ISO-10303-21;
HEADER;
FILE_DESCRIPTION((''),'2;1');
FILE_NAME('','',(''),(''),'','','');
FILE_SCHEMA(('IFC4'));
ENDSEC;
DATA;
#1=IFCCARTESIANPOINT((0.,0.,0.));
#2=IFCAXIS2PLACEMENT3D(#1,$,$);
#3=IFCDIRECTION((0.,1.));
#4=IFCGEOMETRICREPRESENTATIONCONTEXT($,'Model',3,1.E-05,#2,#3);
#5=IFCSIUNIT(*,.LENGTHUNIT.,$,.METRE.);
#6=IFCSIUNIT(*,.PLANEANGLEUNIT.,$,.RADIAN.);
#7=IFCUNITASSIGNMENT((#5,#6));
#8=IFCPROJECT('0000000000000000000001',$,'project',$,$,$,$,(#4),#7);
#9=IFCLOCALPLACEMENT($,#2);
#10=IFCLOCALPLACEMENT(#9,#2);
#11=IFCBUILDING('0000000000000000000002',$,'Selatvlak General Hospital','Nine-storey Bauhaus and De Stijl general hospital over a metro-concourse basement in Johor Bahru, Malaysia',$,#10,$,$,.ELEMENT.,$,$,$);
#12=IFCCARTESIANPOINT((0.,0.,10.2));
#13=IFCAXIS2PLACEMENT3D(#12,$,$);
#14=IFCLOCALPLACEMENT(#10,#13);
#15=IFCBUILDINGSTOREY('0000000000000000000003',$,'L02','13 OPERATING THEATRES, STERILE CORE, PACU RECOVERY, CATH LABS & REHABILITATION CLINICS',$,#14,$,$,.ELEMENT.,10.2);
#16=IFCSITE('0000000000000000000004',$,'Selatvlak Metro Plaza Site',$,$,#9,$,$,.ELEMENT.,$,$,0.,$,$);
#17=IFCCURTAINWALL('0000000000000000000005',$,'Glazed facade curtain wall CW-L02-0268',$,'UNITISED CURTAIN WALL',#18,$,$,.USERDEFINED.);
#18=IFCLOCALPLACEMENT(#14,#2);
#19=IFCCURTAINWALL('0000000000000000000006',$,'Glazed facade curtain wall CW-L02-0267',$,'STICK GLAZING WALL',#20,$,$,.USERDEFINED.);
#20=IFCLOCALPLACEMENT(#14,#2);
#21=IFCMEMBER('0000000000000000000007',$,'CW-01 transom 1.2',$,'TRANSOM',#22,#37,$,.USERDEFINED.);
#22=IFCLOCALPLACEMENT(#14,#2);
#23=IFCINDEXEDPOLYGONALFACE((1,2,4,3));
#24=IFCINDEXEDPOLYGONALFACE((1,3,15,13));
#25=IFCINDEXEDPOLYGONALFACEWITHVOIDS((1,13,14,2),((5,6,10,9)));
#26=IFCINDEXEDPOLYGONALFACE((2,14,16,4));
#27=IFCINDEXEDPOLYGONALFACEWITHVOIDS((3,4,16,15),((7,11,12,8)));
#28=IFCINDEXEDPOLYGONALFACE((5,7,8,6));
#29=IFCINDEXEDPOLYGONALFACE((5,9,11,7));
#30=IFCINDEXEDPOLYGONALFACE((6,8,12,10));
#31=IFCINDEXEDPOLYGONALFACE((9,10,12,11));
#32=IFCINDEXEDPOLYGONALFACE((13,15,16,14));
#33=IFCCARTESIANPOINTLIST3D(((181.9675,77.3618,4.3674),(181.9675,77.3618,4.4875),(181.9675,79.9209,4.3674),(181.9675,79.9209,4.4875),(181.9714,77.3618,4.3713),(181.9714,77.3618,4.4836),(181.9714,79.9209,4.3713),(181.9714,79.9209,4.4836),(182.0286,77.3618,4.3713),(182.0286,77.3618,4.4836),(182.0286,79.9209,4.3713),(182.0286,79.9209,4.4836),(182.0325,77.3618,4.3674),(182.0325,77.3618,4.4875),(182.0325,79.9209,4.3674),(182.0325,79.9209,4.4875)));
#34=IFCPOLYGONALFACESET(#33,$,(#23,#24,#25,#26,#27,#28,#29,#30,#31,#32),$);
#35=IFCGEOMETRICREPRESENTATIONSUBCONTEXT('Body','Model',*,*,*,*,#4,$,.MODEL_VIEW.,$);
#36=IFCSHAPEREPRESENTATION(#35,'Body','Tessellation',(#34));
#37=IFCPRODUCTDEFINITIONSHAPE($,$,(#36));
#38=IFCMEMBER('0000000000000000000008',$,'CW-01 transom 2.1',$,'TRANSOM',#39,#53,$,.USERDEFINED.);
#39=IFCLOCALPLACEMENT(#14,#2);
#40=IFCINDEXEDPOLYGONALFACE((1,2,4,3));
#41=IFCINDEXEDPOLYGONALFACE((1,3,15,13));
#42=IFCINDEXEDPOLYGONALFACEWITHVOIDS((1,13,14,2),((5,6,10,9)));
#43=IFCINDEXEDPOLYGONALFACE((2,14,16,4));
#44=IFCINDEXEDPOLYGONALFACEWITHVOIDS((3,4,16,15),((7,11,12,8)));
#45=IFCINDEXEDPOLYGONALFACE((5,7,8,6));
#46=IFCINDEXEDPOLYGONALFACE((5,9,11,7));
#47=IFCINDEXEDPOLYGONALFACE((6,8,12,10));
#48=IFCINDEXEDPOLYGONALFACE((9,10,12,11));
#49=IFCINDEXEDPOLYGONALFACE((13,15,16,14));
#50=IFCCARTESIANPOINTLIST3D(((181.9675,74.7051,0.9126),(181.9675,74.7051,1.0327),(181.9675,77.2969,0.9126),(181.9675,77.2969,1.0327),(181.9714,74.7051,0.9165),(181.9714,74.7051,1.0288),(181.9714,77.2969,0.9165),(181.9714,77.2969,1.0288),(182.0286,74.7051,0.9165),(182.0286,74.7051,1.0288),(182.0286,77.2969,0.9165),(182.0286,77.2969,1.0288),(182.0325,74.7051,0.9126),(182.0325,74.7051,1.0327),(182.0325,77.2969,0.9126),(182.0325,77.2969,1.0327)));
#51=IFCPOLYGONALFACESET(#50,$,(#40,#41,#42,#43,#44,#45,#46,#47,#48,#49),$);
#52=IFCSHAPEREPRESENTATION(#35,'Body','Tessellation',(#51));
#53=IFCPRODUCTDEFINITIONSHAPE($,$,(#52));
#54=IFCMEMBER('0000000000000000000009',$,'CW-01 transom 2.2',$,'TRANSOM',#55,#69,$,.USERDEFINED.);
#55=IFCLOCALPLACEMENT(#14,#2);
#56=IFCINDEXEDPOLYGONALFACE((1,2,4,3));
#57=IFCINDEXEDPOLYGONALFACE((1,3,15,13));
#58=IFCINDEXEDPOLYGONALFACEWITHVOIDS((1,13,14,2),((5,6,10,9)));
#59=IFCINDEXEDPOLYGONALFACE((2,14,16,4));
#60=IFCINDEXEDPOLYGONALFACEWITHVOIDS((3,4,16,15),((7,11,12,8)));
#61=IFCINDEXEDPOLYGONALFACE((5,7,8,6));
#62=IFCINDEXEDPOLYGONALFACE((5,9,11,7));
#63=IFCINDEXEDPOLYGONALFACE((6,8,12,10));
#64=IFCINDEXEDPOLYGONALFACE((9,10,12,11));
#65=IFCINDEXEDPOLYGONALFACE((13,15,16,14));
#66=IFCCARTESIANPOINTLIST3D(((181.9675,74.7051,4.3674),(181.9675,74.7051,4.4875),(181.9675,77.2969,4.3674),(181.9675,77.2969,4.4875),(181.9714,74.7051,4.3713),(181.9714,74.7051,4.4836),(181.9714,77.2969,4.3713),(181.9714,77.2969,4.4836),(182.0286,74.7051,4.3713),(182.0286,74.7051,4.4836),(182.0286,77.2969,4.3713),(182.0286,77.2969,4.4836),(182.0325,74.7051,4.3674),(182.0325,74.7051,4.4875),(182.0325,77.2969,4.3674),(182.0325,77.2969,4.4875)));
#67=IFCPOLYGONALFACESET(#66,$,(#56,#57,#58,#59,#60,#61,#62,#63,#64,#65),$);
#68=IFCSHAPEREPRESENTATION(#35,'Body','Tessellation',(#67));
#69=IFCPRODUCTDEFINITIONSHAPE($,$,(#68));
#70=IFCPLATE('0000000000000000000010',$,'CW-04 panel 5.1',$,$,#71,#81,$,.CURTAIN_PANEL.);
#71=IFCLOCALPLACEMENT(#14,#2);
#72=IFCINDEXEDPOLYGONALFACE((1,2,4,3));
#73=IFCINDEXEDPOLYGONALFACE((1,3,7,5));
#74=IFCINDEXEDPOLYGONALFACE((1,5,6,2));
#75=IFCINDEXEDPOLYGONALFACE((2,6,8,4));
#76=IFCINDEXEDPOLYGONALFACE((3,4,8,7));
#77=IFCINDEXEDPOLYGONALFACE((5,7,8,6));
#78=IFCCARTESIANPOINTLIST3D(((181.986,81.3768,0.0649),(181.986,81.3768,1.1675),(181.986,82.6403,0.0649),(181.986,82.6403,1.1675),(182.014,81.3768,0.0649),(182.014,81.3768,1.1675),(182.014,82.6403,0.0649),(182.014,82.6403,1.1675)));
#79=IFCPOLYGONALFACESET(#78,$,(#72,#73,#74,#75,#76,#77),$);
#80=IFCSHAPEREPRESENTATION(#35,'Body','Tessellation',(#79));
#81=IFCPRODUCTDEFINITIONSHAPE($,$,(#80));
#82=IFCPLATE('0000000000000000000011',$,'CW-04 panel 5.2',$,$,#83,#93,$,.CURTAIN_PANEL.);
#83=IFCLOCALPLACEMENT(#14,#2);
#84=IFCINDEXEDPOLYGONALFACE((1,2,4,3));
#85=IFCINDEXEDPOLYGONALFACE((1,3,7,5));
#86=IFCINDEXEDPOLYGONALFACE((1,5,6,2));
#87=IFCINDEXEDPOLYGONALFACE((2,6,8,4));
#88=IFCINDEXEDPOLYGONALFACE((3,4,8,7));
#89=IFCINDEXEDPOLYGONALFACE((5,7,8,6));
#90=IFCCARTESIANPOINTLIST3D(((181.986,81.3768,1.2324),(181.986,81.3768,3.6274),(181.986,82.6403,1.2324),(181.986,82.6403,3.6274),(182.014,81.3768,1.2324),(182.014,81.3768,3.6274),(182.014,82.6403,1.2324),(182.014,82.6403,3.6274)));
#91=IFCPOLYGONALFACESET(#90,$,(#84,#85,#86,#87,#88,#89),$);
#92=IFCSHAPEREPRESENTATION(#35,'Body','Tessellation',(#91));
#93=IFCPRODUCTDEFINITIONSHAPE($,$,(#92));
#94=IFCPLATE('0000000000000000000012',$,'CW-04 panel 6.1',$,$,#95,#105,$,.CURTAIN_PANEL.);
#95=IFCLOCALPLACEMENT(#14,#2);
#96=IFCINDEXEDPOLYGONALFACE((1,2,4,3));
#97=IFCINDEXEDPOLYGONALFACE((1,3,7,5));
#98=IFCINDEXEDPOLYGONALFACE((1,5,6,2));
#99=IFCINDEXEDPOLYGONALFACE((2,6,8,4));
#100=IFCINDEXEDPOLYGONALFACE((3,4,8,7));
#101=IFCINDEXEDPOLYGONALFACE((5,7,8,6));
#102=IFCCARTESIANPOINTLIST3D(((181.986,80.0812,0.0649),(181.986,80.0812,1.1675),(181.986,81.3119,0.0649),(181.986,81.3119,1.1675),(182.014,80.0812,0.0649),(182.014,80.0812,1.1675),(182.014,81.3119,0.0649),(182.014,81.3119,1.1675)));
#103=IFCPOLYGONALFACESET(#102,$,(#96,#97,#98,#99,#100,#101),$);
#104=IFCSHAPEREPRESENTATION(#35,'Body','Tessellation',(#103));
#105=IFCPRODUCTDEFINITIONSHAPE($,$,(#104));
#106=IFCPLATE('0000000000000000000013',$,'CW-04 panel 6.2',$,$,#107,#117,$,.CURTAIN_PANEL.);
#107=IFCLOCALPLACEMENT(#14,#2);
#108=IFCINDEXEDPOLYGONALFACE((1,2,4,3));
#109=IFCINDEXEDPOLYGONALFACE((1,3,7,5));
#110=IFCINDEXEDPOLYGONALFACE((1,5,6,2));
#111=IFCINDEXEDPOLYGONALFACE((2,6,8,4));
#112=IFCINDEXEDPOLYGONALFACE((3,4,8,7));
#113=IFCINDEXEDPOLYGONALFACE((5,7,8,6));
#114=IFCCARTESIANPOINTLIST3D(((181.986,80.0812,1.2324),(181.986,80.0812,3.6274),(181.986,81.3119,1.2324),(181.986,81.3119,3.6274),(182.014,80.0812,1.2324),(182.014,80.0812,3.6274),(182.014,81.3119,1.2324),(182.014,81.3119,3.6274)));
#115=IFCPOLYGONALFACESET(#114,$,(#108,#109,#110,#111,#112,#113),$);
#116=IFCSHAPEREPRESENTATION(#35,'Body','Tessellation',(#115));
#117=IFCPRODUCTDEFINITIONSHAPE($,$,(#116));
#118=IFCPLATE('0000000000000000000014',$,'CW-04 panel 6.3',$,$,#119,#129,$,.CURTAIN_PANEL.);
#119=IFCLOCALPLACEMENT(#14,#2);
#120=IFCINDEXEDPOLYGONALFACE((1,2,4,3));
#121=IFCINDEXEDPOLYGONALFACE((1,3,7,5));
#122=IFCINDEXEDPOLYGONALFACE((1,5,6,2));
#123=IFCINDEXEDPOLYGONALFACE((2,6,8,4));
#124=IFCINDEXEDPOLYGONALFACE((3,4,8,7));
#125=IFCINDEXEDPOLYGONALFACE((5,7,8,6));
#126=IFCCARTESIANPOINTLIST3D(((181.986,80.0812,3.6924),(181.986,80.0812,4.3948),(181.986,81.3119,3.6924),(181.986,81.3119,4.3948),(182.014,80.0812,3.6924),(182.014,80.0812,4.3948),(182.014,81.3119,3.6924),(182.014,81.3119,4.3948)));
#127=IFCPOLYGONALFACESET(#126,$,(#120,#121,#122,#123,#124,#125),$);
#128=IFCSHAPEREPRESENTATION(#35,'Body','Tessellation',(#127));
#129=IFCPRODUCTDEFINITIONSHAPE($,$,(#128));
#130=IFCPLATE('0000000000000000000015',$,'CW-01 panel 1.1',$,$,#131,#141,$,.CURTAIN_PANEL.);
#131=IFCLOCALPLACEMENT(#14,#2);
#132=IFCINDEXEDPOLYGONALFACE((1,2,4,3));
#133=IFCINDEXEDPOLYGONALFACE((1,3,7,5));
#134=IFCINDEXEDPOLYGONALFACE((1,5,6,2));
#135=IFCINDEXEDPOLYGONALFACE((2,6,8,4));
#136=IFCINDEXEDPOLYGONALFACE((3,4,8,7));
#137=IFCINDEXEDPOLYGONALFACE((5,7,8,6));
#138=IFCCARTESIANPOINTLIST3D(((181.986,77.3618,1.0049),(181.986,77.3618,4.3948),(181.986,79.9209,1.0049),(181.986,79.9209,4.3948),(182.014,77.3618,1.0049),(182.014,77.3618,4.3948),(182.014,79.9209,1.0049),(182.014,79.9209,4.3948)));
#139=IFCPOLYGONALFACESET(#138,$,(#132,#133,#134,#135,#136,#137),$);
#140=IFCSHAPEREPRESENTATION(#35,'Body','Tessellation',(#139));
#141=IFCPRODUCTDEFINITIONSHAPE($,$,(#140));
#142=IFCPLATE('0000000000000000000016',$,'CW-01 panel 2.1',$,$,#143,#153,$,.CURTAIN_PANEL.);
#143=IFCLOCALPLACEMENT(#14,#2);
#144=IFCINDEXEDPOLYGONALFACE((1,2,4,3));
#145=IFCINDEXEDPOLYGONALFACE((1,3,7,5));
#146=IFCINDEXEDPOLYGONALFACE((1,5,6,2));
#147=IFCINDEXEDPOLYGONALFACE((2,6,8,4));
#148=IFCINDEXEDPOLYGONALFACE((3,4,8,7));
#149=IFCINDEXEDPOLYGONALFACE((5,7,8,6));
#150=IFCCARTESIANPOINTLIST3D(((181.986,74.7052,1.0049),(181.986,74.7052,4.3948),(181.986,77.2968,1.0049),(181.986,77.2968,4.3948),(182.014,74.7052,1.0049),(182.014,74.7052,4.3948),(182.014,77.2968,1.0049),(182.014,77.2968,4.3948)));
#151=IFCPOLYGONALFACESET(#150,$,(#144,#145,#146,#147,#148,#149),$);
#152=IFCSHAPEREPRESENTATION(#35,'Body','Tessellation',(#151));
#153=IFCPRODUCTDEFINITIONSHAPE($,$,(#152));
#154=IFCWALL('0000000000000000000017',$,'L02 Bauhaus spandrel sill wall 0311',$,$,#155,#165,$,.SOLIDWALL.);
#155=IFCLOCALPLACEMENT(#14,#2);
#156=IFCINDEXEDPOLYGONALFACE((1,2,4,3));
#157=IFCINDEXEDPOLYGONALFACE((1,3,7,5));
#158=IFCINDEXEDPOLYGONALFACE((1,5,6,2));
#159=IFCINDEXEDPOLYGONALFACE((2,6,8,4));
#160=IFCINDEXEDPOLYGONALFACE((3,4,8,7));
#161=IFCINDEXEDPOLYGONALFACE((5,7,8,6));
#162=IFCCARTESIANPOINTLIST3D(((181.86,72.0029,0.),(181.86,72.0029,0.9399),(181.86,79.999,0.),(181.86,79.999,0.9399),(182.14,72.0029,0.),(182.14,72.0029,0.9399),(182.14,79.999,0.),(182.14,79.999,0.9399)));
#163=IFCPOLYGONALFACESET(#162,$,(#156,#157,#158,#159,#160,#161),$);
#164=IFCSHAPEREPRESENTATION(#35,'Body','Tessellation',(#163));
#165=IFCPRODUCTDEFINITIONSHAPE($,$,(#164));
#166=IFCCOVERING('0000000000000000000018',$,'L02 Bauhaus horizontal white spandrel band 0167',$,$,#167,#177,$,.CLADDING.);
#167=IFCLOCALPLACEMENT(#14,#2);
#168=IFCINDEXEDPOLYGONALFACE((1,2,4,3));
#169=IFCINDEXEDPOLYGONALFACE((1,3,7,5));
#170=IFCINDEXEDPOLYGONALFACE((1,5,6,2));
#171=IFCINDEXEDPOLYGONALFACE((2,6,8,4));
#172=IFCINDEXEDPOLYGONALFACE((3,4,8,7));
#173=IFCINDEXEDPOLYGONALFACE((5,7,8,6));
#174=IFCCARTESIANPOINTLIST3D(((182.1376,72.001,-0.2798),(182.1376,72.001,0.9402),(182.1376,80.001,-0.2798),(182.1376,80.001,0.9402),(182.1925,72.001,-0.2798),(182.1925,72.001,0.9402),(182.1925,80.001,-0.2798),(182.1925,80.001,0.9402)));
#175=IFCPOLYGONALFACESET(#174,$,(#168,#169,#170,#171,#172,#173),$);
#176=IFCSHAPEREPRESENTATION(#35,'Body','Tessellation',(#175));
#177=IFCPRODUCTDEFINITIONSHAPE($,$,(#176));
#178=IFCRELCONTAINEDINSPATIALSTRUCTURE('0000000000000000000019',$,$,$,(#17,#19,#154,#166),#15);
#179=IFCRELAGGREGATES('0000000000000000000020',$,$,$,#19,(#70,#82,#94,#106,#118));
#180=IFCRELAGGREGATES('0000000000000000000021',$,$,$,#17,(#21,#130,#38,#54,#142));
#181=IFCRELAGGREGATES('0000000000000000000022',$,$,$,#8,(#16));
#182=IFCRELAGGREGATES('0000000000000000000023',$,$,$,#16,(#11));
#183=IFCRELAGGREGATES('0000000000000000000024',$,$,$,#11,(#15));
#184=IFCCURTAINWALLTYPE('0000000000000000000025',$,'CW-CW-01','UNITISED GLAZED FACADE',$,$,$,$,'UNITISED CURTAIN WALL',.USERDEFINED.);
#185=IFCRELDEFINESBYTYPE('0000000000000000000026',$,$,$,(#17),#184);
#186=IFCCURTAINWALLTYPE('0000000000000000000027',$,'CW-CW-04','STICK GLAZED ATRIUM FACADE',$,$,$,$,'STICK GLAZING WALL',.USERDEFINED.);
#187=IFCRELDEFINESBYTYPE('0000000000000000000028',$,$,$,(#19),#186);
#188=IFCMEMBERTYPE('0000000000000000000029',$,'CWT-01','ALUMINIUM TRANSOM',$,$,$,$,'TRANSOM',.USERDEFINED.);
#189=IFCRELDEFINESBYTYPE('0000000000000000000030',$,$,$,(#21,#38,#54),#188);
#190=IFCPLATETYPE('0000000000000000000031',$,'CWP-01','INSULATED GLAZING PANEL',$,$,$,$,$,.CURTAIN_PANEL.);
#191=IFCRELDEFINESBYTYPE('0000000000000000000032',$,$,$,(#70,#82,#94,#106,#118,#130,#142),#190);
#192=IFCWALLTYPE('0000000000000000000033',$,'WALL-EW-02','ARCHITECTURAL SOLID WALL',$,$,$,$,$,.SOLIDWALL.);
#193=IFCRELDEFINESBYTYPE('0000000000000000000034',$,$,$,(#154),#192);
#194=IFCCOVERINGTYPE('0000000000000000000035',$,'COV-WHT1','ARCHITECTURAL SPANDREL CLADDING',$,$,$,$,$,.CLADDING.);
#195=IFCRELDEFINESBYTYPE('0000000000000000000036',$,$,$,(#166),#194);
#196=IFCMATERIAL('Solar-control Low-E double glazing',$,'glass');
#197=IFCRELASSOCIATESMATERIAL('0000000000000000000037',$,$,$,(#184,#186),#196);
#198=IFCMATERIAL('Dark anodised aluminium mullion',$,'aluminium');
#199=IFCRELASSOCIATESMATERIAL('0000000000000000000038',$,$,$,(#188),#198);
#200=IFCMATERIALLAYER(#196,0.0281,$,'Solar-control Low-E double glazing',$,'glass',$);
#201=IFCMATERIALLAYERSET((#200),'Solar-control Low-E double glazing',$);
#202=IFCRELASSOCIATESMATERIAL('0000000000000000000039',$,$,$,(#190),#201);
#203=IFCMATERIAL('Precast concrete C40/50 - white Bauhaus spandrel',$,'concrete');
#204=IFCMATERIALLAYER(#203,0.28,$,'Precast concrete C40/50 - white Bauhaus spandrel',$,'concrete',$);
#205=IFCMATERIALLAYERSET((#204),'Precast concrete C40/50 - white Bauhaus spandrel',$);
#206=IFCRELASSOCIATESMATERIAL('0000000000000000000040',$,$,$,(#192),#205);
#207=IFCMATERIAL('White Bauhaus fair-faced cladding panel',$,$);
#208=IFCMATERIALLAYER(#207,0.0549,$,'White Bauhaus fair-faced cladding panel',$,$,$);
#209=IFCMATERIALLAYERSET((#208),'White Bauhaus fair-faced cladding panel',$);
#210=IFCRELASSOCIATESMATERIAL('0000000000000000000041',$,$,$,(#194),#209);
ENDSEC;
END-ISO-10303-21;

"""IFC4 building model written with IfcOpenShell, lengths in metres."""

from ifc_helpers import new_model, si_unit, direction, frame, frame_2d, origin, origin_2d, place, context, subcontext, project, spatial, rectangle, hollow_rectangle, extrude, material, layer, layer_set, material_profile, profile_set, type_object, element, aggregate, save


model = new_model("IFC4")

# Units and contexts
model_context = context("Model", 3, precision=1e-05, world=origin(), true_north=direction((0.0, 1.0)))
body_context = subcontext(model_context, "Body", "Model", "MODEL_VIEW")
ifc_project = project(units=[si_unit("LENGTHUNIT", "METRE"), si_unit("PLANEANGLEUNIT", "RADIAN")], contexts=[model_context])

# Site, building, storey
site_placement = place(None, origin())
site = spatial("IfcSite", under=ifc_project, at=site_placement, Name="Selatvlak Metro Plaza Site", CompositionType="ELEMENT", RefElevation=0.0)
building_placement = place(site_placement, origin())
building = spatial("IfcBuilding", under=site, at=building_placement, Name="Selatvlak General Hospital", Description="Nine-storey Bauhaus and De Stijl general hospital over a metro-concourse basement in Johor Bahru, Malaysia", CompositionType="ELEMENT")
storey_placement = place(building_placement, frame((0.0, 0.0, 10.2)))
storey = spatial("IfcBuildingStorey", under=building, at=storey_placement, Name="L02", Description="13 OPERATING THEATRES, STERILE CORE, PACU RECOVERY, CATH LABS & REHABILITATION CLINICS", CompositionType="ELEMENT", Elevation=10.2)

# Curtain walls
ifc_material_1 = material(Name="Solar-control Low-E double glazing", Category="glass")
curtain_wall_type_1 = type_object("IfcCurtainWallType", Name="CW-CW-01", Description="UNITISED GLAZED FACADE", ElementType="UNITISED CURTAIN WALL", PredefinedType="USERDEFINED", material=ifc_material_1)
curtain_wall_1_placement = place(storey_placement, origin())
curtain_wall_1 = element("IfcCurtainWall", 1, at=curtain_wall_1_placement, inside=storey, type_object=curtain_wall_type_1, Name="Glazed facade curtain wall CW-L02-0268", ObjectType="UNITISED CURTAIN WALL", PredefinedType="USERDEFINED")
ifc_material_2 = material(Name="Dark anodised aluminium mullion", Category="aluminium")
curtain_wall_type_2 = type_object("IfcCurtainWallType", Name="CW-CW-04", Description="STICK GLAZED ATRIUM FACADE", ElementType="STICK GLAZING WALL", PredefinedType="USERDEFINED", material=ifc_material_1)
curtain_wall_2_placement = place(storey_placement, origin())
curtain_wall_2 = element("IfcCurtainWall", 2, at=curtain_wall_2_placement, inside=storey, type_object=curtain_wall_type_2, Name="Glazed facade curtain wall CW-L02-0267", ObjectType="STICK GLAZING WALL", PredefinedType="USERDEFINED")
ifc_material_profile_1 = material_profile(ifc_material_2, hollow_rectangle(XDim=0.0649, YDim=0.1201, WallThickness=0.0039, at=origin_2d()), Name="AL-TRN 65x120x4")
ifc_profile_set_1 = profile_set([ifc_material_profile_1], Name="Dark anodised aluminium mullion")
member_type_1 = type_object("IfcMemberType", Name="CWT-01", Description="ALUMINIUM TRANSOM", ElementType="TRANSOM", PredefinedType="USERDEFINED", material=ifc_profile_set_1)

# Members
member_1_placement = place(storey_placement, frame((182.0, 79.9209, 4.4275), z_axis=(0.0, -1.0, 0.0), x_axis=(1.0, 0.0, 0.0)))
member_1 = element("IfcMember", 3, at=member_1_placement, type_object=member_type_1, Name="CW-01 transom 1.2", ObjectType="TRANSOM", PredefinedType="USERDEFINED", context=body_context, shape_type="SweptSolid", body=[
    extrude(hollow_rectangle(XDim=0.0649, YDim=0.1201, WallThickness=0.0039, at=origin_2d()), origin(), (0.0, 0.0, 1.0), 2.5591),
])
member_2_placement = place(storey_placement, frame((182.0, 77.2969, 0.9727), z_axis=(0.0, -1.0, 0.0), x_axis=(1.0, 0.0, 0.0)))
member_2 = element("IfcMember", 4, at=member_2_placement, type_object=member_type_1, Name="CW-01 transom 2.1", ObjectType="TRANSOM", PredefinedType="USERDEFINED", context=body_context, shape_type="SweptSolid", body=[
    extrude(hollow_rectangle(XDim=0.0649, YDim=0.1201, WallThickness=0.0039, at=origin_2d()), origin(), (0.0, 0.0, 1.0), 2.5918),
])
member_3_placement = place(storey_placement, frame((182.0, 77.2969, 4.4275), z_axis=(0.0, -1.0, 0.0), x_axis=(1.0, 0.0, 0.0)))
member_3 = element("IfcMember", 5, at=member_3_placement, type_object=member_type_1, Name="CW-01 transom 2.2", ObjectType="TRANSOM", PredefinedType="USERDEFINED", context=body_context, shape_type="SweptSolid", body=[
    extrude(hollow_rectangle(XDim=0.0649, YDim=0.1201, WallThickness=0.0039, at=origin_2d()), origin(), (0.0, 0.0, 1.0), 2.5918),
])

# Plates
ifc_layer_1 = layer(ifc_material_1, 0.0281, Name="Solar-control Low-E double glazing", Category="glass")
ifc_layer_set_1 = layer_set([ifc_layer_1], Name="Solar-control Low-E double glazing")
plate_type = type_object("IfcPlateType", Name="CWP-01", Description="INSULATED GLAZING PANEL", PredefinedType="CURTAIN_PANEL", material=ifc_layer_set_1)
plate_1_placement = place(storey_placement, frame((182.0, 82.0085, 0.0649), z_axis=(0.0, 0.0, 1.0), x_axis=(0.0, -1.0, 0.0)))
plate_1 = element("IfcPlate", 6, at=plate_1_placement, type_object=plate_type, Name="CW-04 panel 5.1", PredefinedType="CURTAIN_PANEL", context=body_context, shape_type="SweptSolid", body=[
    extrude(rectangle(XDim=1.2634, YDim=0.0281, at=origin_2d()), origin(), (0.0, 0.0, 1.0), 1.1025),
])
plate_2_placement = place(storey_placement, frame((182.0, 82.0085, 1.2324), z_axis=(0.0, 0.0, 1.0), x_axis=(0.0, -1.0, 0.0)))
plate_2 = element("IfcPlate", 7, at=plate_2_placement, type_object=plate_type, Name="CW-04 panel 5.2", PredefinedType="CURTAIN_PANEL", context=body_context, shape_type="SweptSolid", body=[
    extrude(rectangle(XDim=1.2634, YDim=0.0281, at=origin_2d()), origin(), (0.0, 0.0, 1.0), 2.395),
])
plate_3_placement = place(storey_placement, frame((182.0, 80.6965, 0.0649), z_axis=(0.0, 0.0, 1.0), x_axis=(0.0, -1.0, 0.0)))
plate_3 = element("IfcPlate", 8, at=plate_3_placement, type_object=plate_type, Name="CW-04 panel 6.1", PredefinedType="CURTAIN_PANEL", context=body_context, shape_type="SweptSolid", body=[
    extrude(rectangle(XDim=1.2307, YDim=0.0281, at=origin_2d()), origin(), (0.0, 0.0, 1.0), 1.1025),
])
plate_4_placement = place(storey_placement, frame((182.0, 80.6965, 1.2324), z_axis=(0.0, 0.0, 1.0), x_axis=(0.0, -1.0, 0.0)))
plate_4 = element("IfcPlate", 9, at=plate_4_placement, type_object=plate_type, Name="CW-04 panel 6.2", PredefinedType="CURTAIN_PANEL", context=body_context, shape_type="SweptSolid", body=[
    extrude(rectangle(XDim=1.2307, YDim=0.0281, at=origin_2d()), origin(), (0.0, 0.0, 1.0), 2.395),
])
plate_5_placement = place(storey_placement, frame((182.0, 80.6965, 3.6924), z_axis=(0.0, 0.0, 1.0), x_axis=(0.0, -1.0, 0.0)))
plate_5 = element("IfcPlate", 10, at=plate_5_placement, type_object=plate_type, Name="CW-04 panel 6.3", PredefinedType="CURTAIN_PANEL", context=body_context, shape_type="SweptSolid", body=[
    extrude(rectangle(XDim=1.2307, YDim=0.0281, at=origin_2d()), origin(), (0.0, 0.0, 1.0), 0.7024),
])
aggregate(curtain_wall_2, [plate_1, plate_2, plate_3, plate_4, plate_5])
plate_6_placement = place(storey_placement, frame((182.0, 78.6414, 1.0049), z_axis=(0.0, 0.0, 1.0), x_axis=(0.0, -1.0, 0.0)))
plate_6 = element("IfcPlate", 11, at=plate_6_placement, type_object=plate_type, Name="CW-01 panel 1.1", PredefinedType="CURTAIN_PANEL", context=body_context, shape_type="SweptSolid", body=[
    extrude(rectangle(XDim=2.5591, YDim=0.0281, at=origin_2d()), origin(), (0.0, 0.0, 1.0), 3.3899),
])
plate_7_placement = place(storey_placement, frame((182.0, 76.001, 1.0049), z_axis=(0.0, 0.0, 1.0), x_axis=(0.0, -1.0, 0.0)))
plate_7 = element("IfcPlate", 12, at=plate_7_placement, type_object=plate_type, Name="CW-01 panel 2.1", PredefinedType="CURTAIN_PANEL", context=body_context, shape_type="SweptSolid", body=[
    extrude(rectangle(XDim=2.5916, YDim=0.0281, at=origin_2d()), origin(), (0.0, 0.0, 1.0), 3.3899),
])
aggregate(curtain_wall_1, [member_1, plate_6, member_2, member_3, plate_7])

# Wall
ifc_material_3 = material(Name="Precast concrete C40/50 - white Bauhaus spandrel", Category="concrete")
ifc_layer_2 = layer(ifc_material_3, 0.28, Name="Precast concrete C40/50 - white Bauhaus spandrel", Category="concrete")
ifc_layer_set_2 = layer_set([ifc_layer_2], Name="Precast concrete C40/50 - white Bauhaus spandrel")
wall_type = type_object("IfcWallType", Name="WALL-EW-02", Description="ARCHITECTURAL SOLID WALL", PredefinedType="SOLIDWALL", material=ifc_layer_set_2)
wall_placement = place(storey_placement, frame((182.0, 79.999, 0.0), z_axis=(0.0, 0.0, 1.0), x_axis=(0.0, -1.0, 0.0)))
element("IfcWall", 13, at=wall_placement, inside=storey, type_object=wall_type, Name="L02 Bauhaus spandrel sill wall 0311", PredefinedType="SOLIDWALL", context=body_context, shape_type="SweptSolid", body=[
    extrude(rectangle(XDim=7.9961, YDim=0.28, at=frame_2d((3.998, 0.0))), origin(), (0.0, 0.0, 1.0), 0.9399),
])

# Covering
ifc_material_4 = material(Name="White Bauhaus fair-faced cladding panel")
ifc_layer_3 = layer(ifc_material_4, 0.0549, Name="White Bauhaus fair-faced cladding panel")
ifc_layer_set_3 = layer_set([ifc_layer_3], Name="White Bauhaus fair-faced cladding panel")
covering_type = type_object("IfcCoveringType", Name="COV-WHT1", Description="ARCHITECTURAL SPANDREL CLADDING", PredefinedType="CLADDING", material=ifc_layer_set_3)
covering_placement = place(storey_placement, frame((182.165, 76.001, -0.2798), z_axis=(0.0, 0.0, 1.0), x_axis=(0.0, -1.0, 0.0)))
element("IfcCovering", 14, at=covering_placement, inside=storey, type_object=covering_type, Name="L02 Bauhaus horizontal white spandrel band 0167", PredefinedType="CLADDING", context=body_context, shape_type="SweptSolid", body=[
    extrude(rectangle(XDim=8.0, YDim=0.0549, at=origin_2d()), origin(), (0.0, 0.0, 1.0), 1.22),
])

save(model, "model.ifc")
